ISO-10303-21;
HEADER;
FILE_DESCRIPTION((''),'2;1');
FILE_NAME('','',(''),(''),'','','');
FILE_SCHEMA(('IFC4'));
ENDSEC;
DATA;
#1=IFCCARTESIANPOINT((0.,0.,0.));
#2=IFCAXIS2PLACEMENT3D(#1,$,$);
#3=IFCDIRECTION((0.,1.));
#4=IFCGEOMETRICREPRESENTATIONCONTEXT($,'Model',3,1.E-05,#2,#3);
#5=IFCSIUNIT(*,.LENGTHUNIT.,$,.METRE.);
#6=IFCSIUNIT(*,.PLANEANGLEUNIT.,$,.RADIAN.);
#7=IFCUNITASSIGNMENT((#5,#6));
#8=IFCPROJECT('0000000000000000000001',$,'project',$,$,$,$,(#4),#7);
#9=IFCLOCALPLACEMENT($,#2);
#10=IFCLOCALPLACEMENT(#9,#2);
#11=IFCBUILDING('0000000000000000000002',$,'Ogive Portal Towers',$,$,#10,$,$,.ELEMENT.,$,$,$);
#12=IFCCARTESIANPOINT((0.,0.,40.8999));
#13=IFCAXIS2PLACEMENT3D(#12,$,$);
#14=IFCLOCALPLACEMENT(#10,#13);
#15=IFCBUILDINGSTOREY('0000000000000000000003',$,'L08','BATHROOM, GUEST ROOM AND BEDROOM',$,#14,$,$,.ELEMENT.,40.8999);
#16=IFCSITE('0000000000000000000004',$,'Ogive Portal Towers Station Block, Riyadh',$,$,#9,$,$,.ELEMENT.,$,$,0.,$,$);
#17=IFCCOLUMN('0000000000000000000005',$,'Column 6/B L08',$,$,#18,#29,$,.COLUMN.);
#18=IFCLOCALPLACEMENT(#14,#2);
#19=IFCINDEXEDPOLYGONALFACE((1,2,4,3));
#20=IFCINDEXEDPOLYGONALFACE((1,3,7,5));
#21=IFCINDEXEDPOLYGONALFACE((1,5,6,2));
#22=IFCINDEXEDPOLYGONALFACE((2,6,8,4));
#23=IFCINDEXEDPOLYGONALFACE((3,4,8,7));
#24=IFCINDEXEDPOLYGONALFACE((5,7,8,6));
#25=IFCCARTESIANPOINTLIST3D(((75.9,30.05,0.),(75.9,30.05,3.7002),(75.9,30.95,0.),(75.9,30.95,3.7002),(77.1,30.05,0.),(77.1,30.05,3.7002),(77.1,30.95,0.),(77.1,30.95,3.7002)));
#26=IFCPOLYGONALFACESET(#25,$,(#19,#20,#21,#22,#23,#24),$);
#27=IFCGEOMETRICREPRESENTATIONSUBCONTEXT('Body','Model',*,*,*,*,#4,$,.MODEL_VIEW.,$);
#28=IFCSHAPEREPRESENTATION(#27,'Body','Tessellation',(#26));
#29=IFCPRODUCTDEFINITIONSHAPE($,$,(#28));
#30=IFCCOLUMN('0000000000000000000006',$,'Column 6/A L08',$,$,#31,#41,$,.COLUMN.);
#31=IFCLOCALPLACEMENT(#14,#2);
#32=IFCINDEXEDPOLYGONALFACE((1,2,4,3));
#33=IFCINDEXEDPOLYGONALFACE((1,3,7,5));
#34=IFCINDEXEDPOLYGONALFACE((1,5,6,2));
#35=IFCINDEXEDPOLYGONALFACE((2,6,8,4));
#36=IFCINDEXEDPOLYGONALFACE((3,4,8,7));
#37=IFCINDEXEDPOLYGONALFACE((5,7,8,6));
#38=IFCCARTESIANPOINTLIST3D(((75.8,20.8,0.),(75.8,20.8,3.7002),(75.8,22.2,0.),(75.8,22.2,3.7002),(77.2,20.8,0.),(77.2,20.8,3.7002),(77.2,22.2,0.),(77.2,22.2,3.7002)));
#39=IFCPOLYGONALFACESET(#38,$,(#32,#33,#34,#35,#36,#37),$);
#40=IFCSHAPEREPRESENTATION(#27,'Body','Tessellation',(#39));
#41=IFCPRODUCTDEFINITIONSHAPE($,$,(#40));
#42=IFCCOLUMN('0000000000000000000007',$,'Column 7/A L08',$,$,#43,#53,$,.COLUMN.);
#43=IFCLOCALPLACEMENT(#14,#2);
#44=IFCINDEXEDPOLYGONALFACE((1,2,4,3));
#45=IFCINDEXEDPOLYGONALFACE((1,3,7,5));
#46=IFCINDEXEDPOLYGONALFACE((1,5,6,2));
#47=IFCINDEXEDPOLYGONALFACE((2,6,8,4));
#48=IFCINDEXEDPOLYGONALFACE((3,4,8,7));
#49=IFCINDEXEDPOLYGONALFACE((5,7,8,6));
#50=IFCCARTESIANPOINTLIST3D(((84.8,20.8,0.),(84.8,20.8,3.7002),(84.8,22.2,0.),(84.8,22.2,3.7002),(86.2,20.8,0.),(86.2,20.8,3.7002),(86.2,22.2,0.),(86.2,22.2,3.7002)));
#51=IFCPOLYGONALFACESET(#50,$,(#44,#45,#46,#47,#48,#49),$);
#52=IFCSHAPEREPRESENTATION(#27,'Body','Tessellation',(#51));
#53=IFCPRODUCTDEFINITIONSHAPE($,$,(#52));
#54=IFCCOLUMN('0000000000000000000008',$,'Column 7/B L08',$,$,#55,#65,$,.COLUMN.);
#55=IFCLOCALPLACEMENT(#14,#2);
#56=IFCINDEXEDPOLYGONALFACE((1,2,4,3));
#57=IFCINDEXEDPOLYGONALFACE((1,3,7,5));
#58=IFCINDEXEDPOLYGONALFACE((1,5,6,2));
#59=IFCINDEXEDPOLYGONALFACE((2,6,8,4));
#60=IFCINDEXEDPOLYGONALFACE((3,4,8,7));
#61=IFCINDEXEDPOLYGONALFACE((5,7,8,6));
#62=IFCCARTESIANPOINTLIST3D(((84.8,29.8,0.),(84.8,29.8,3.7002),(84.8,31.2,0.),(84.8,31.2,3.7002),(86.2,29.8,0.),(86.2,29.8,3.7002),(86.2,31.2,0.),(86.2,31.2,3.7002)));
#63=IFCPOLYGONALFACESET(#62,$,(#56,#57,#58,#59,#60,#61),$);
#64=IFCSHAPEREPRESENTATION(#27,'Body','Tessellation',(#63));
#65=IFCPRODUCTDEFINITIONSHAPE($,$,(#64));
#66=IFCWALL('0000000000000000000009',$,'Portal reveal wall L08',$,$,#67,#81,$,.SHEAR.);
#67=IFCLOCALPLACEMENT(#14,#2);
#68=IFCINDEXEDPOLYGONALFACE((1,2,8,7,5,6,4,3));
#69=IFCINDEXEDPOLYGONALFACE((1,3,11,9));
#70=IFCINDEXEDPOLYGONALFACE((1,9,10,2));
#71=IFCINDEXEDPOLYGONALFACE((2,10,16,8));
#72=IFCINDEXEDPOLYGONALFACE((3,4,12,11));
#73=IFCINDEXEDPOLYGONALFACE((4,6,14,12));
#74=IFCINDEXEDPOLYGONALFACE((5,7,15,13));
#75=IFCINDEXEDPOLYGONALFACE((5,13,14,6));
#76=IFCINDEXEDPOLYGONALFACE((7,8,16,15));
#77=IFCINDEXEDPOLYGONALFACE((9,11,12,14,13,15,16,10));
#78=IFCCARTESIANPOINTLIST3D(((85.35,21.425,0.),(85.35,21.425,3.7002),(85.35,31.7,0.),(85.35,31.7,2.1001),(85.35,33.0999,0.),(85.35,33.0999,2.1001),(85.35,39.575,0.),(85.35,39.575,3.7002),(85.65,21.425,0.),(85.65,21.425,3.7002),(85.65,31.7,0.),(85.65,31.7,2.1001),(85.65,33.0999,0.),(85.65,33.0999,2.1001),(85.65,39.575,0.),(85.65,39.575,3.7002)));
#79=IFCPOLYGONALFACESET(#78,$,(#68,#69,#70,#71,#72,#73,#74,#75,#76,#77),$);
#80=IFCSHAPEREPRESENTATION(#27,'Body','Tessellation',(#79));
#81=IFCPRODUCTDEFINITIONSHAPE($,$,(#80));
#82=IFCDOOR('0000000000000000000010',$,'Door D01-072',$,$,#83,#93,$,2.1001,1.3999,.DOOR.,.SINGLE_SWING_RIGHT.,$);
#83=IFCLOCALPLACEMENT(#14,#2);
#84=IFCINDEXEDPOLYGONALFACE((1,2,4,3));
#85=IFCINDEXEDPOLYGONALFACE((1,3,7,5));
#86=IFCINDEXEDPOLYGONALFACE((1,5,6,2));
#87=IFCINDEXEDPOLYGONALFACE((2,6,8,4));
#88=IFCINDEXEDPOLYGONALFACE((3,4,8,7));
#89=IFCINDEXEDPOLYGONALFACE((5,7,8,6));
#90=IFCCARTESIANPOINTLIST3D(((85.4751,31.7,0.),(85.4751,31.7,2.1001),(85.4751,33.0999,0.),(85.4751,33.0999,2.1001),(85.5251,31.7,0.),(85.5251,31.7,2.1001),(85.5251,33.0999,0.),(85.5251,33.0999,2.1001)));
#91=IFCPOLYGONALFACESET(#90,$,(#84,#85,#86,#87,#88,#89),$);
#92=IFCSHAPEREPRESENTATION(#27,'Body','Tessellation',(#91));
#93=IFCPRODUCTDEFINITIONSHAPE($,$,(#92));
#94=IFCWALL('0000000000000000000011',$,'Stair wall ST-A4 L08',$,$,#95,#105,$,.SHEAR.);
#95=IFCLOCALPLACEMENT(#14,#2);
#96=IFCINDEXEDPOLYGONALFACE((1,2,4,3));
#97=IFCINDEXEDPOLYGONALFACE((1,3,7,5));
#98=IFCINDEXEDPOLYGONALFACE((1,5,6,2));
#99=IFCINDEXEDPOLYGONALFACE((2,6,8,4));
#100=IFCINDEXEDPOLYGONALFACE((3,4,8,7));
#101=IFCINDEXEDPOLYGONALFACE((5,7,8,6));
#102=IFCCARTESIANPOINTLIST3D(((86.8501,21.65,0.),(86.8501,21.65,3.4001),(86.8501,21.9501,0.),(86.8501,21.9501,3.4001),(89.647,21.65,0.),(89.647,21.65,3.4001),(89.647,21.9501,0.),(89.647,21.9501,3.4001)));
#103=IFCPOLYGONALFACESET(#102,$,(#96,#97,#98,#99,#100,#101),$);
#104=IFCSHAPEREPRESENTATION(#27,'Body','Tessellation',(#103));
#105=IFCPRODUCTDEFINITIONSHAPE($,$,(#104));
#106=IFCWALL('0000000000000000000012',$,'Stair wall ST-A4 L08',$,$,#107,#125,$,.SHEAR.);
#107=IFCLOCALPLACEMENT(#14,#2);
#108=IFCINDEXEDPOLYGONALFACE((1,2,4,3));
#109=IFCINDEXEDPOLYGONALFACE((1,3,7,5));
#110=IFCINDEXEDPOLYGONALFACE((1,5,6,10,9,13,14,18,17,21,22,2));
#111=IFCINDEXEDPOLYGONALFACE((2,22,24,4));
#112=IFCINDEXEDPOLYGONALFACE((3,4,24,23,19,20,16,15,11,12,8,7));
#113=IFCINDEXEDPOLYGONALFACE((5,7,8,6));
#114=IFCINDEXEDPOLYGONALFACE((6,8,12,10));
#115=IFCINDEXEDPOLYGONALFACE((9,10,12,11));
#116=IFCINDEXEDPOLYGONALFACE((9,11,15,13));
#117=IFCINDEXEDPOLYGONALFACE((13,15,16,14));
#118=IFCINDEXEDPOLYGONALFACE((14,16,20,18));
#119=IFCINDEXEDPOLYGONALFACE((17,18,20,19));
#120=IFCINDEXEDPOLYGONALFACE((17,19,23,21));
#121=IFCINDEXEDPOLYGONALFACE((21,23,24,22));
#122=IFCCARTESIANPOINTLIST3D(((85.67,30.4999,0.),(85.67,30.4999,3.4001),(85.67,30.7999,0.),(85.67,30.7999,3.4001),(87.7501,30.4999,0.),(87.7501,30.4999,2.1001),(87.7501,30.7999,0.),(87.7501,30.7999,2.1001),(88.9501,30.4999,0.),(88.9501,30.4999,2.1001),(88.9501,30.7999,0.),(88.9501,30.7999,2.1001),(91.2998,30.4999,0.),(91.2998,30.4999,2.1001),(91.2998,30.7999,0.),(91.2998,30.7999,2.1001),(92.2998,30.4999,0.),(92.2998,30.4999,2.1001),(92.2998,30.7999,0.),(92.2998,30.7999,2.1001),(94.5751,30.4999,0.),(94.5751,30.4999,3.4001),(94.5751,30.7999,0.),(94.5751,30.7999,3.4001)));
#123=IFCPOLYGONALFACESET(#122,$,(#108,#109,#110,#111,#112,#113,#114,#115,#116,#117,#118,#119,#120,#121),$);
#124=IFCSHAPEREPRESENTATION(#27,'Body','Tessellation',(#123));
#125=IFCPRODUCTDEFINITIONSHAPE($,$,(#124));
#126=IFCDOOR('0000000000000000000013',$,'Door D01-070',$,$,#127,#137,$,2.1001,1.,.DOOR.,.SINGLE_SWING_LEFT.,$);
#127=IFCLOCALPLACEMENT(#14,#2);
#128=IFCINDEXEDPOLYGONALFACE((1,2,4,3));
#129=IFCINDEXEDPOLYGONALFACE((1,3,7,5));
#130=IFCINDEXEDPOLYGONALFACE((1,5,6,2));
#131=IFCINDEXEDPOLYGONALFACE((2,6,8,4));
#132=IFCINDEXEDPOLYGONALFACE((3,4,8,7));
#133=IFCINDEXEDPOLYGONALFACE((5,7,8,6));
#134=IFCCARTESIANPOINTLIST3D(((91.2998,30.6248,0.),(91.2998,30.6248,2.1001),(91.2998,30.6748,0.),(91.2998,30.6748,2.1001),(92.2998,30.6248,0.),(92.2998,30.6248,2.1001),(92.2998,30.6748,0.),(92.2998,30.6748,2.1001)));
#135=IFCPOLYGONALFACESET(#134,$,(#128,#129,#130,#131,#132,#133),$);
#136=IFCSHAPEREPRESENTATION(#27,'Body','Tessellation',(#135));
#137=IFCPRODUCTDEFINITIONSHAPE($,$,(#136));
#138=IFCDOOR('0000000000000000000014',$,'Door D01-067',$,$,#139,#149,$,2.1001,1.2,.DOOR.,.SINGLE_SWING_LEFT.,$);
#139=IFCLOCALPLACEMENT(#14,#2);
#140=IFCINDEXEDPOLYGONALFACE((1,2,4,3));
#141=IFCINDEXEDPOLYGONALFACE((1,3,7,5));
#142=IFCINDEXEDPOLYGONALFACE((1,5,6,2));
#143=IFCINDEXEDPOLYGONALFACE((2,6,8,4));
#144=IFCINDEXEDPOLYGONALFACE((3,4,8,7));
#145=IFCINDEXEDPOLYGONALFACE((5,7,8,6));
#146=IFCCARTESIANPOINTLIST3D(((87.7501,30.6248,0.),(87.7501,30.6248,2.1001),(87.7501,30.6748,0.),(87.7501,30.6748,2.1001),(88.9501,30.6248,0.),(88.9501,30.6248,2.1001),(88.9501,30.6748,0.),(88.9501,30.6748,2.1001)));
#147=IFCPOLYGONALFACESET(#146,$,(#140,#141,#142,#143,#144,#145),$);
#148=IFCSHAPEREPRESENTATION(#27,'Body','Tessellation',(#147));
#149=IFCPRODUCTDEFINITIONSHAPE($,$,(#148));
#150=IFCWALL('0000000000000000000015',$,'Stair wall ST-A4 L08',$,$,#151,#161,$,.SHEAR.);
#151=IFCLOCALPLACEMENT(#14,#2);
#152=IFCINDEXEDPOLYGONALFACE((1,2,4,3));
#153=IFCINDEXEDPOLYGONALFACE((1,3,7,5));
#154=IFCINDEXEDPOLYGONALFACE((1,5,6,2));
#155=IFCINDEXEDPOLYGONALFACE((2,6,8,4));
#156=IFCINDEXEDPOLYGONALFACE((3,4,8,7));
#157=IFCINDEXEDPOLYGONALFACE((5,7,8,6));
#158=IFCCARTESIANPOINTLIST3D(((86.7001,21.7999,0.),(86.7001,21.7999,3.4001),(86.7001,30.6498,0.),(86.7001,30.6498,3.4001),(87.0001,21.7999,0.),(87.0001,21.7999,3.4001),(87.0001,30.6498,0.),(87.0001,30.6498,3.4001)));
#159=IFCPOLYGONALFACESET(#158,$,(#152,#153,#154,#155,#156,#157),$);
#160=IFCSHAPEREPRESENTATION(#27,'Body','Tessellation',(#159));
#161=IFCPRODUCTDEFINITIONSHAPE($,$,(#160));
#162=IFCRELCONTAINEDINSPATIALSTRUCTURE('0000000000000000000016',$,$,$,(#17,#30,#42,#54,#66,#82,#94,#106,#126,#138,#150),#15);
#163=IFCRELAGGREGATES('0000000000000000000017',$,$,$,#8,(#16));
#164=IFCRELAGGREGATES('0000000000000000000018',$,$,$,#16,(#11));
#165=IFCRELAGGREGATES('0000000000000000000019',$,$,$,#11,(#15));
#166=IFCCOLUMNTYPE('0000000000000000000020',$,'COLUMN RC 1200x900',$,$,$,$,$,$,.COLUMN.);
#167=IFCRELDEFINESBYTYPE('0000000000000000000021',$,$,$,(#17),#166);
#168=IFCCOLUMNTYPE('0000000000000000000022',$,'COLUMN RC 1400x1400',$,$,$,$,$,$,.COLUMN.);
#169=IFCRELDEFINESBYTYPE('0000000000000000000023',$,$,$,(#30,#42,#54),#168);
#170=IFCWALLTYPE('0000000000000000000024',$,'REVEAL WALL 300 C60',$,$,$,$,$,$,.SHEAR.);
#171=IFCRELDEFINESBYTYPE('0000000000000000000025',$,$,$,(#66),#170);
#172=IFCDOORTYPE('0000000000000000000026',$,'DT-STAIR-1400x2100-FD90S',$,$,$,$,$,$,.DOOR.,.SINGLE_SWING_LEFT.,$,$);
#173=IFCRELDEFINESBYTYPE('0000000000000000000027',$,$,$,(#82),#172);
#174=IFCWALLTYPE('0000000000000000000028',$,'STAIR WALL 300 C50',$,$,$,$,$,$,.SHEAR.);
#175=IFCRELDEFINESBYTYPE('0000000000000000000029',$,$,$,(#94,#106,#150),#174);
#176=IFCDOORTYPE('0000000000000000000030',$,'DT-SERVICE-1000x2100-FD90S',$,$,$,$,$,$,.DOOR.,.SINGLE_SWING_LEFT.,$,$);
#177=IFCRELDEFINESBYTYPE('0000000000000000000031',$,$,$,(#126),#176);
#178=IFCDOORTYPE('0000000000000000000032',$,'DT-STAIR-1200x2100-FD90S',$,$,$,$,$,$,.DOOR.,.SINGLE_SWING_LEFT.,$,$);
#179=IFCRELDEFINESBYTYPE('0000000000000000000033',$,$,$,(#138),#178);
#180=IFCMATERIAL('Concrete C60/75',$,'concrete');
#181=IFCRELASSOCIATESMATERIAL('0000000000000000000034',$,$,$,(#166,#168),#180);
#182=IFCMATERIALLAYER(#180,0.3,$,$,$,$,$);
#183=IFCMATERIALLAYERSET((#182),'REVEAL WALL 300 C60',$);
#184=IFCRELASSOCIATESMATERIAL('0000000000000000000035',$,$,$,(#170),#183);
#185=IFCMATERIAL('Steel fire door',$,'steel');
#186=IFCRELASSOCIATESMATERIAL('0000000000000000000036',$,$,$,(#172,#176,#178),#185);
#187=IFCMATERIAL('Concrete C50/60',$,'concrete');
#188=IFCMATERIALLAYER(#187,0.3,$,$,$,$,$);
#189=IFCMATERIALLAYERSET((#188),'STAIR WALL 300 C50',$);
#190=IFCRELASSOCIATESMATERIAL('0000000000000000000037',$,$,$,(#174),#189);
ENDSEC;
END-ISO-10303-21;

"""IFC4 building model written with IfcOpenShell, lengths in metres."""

from ifc_helpers import new_model, si_unit, direction, frame, frame_2d, origin, origin_2d, place, context, subcontext, project, spatial, rectangle, extrude, material, layer, layer_set, material_profile, profile_set, type_object, element, fill, save


model = new_model("IFC4")

# Units and contexts
model_context = context("Model", 3, precision=1e-05, world=origin(), true_north=direction((0.0, 1.0)))
body_context = subcontext(model_context, "Body", "Model", "MODEL_VIEW")
ifc_project = project(units=[si_unit("LENGTHUNIT", "METRE"), si_unit("PLANEANGLEUNIT", "RADIAN")], contexts=[model_context])

# Site, building, storey
site_placement = place(None, origin())
site = spatial("IfcSite", under=ifc_project, at=site_placement, Name="Ogive Portal Towers Station Block, Riyadh", CompositionType="ELEMENT", RefElevation=0.0)
building_placement = place(site_placement, origin())
building = spatial("IfcBuilding", under=site, at=building_placement, Name="Ogive Portal Towers", CompositionType="ELEMENT")
storey_placement = place(building_placement, frame((0.0, 0.0, 40.8999)))
storey = spatial("IfcBuildingStorey", under=building, at=storey_placement, Name="L08", Description="BATHROOM, GUEST ROOM AND BEDROOM", CompositionType="ELEMENT", Elevation=40.8999)

# Columns
ifc_material_1 = material(Name="Concrete C60/75", Category="concrete")
ifc_material_profile_1 = material_profile(ifc_material_1, rectangle(XDim=1.2, YDim=0.8999, at=origin_2d()), Name="RC 1200x900")
ifc_profile_set_1 = profile_set([ifc_material_profile_1], Name="Concrete C60/75")
column_type_1 = type_object("IfcColumnType", Name="COLUMN RC 1200x900", PredefinedType="COLUMN", material=ifc_profile_set_1)
column_placement = place(storey_placement, frame((76.5, 30.5, 0.0), z_axis=(0.0, 0.0, 1.0), x_axis=(1.0, 0.0, 0.0)))
element("IfcColumn", 1, at=column_placement, inside=storey, type_object=column_type_1, Name="Column 6/B L08", PredefinedType="COLUMN", context=body_context, shape_type="SweptSolid", body=[
    extrude(rectangle(XDim=1.2, YDim=0.8999, at=origin_2d()), origin(), (0.0, 0.0, 1.0), 3.7002),
])
ifc_material_profile_2 = material_profile(ifc_material_1, rectangle(XDim=1.3999, YDim=1.3999, at=origin_2d()), Name="RC 1400x1400")
ifc_profile_set_2 = profile_set([ifc_material_profile_2], Name="Concrete C60/75")
column_type_2 = type_object("IfcColumnType", Name="COLUMN RC 1400x1400", PredefinedType="COLUMN", material=ifc_profile_set_2)
for number, where, z_axis, x_axis, name in (
    (2, (76.5, 21.5, 0.0), (0.0, 0.0, 1.0), (1.0, 0.0, 0.0), "Column 6/A L08"),
    (3, (85.5, 21.5, 0.0), (0.0, 0.0, 1.0), (1.0, 0.0, 0.0), "Column 7/A L08"),
    (4, (85.5, 30.5, 0.0), (0.0, 0.0, 1.0), (1.0, 0.0, 0.0), "Column 7/B L08"),
):
    element("IfcColumn", number, at=place(storey_placement, frame(where, z_axis=z_axis, x_axis=x_axis)), inside=storey, type_object=column_type_2, Name=name, PredefinedType="COLUMN", context=body_context, shape_type="SweptSolid", body=[
        extrude(rectangle(XDim=1.3999, YDim=1.3999, at=origin_2d()), origin(), (0.0, 0.0, 1.0), 3.7002),
    ])

# Wall, opening, door
ifc_layer_1 = layer(ifc_material_1, 0.3)
ifc_layer_set_1 = layer_set([ifc_layer_1], Name="REVEAL WALL 300 C60")
wall_type_1 = type_object("IfcWallType", Name="REVEAL WALL 300 C60", PredefinedType="SHEAR", material=ifc_layer_set_1)
wall_1_placement = place(storey_placement, frame((85.5, 21.425, 0.0), z_axis=(0.0, 0.0, 1.0), x_axis=(0.0, 1.0, 0.0)))
wall_1 = element("IfcWall", 5, at=wall_1_placement, inside=storey, type_object=wall_type_1, Name="Portal reveal wall L08", PredefinedType="SHEAR", context=body_context, shape_type="SweptSolid", body=[
    extrude(rectangle(XDim=18.1499, YDim=0.3, at=frame_2d((9.075, 0.0))), origin(), (0.0, 0.0, 1.0), 3.7002),
])
opening_1_placement = place(wall_1_placement, frame((10.2749, 0.0, 0.0)))
opening_1 = element("IfcOpeningElement", 6, at=opening_1_placement, cuts=wall_1, PredefinedType="OPENING", context=body_context, shape_type="SweptSolid", body=[
    extrude(rectangle(XDim=1.3999, YDim=2.1001, at=frame_2d((0.7, 1.05))), frame((0.0, 0.1602, 0.0), z_axis=(0.0, -1.0, 0.0), x_axis=(1.0, 0.0, 0.0)), (0.0, 0.0, 1.0), 0.3201),
])
ifc_material_2 = material(Name="Steel fire door", Category="steel")
door_type_1 = type_object("IfcDoorType", Name="DT-STAIR-1400x2100-FD90S", OperationType="SINGLE_SWING_LEFT", PredefinedType="DOOR", material=ifc_material_2)
door_1_placement = place(opening_1_placement, origin())
door_1 = element("IfcDoor", 7, at=door_1_placement, inside=storey, type_object=door_type_1, Name="Door D01-072", OperationType="SINGLE_SWING_RIGHT", OverallHeight=2.1001, OverallWidth=1.3999, PredefinedType="DOOR", context=body_context, shape_type="SweptSolid", body=[
    extrude(rectangle(XDim=1.3999, YDim=2.1001, at=frame_2d((0.7, 1.05))), frame((0.0, 0.0249, 0.0), z_axis=(0.0, -1.0, 0.0), x_axis=(1.0, 0.0, 0.0)), (0.0, 0.0, 1.0), 0.05),
])
fill(opening_1, door_1)

# Wall
ifc_material_3 = material(Name="Concrete C50/60", Category="concrete")
ifc_layer_2 = layer(ifc_material_3, 0.3)
ifc_layer_set_2 = layer_set([ifc_layer_2], Name="STAIR WALL 300 C50")
wall_type_2 = type_object("IfcWallType", Name="STAIR WALL 300 C50", PredefinedType="SHEAR", material=ifc_layer_set_2)
wall_2_placement = place(storey_placement, frame((86.8501, 21.8, 0.0), z_axis=(0.0, 0.0, 1.0), x_axis=(1.0, 0.0, 0.0)))
element("IfcWall", 8, at=wall_2_placement, inside=storey, type_object=wall_type_2, Name="Stair wall ST-A4 L08", PredefinedType="SHEAR", context=body_context, shape_type="SweptSolid", body=[
    extrude(rectangle(XDim=2.7969, YDim=0.3, at=frame_2d((1.3984, 0.0))), origin(), (0.0, 0.0, 1.0), 3.4001),
])

# Wall, openings, doors
wall_3_placement = place(storey_placement, frame((85.6699, 30.6499, 0.0), z_axis=(0.0, 0.0, 1.0), x_axis=(1.0, 0.0, 0.0)))
wall_3 = element("IfcWall", 9, at=wall_3_placement, inside=storey, type_object=wall_type_2, Name="Stair wall ST-A4 L08", PredefinedType="SHEAR", context=body_context, shape_type="SweptSolid", body=[
    extrude(rectangle(XDim=8.905, YDim=0.3, at=frame_2d((4.4526, 0.0))), origin(), (0.0, 0.0, 1.0), 3.4001),
])
opening_2_placement = place(wall_3_placement, frame((2.0801, 0.0, 0.0)))
opening_2 = element("IfcOpeningElement", 10, at=opening_2_placement, cuts=wall_3, PredefinedType="OPENING", context=body_context, shape_type="SweptSolid", body=[
    extrude(rectangle(XDim=1.2, YDim=2.1001, at=frame_2d((0.6001, 1.05))), frame((0.0, 0.1602, 0.0), z_axis=(0.0, -1.0, 0.0), x_axis=(1.0, 0.0, 0.0)), (0.0, 0.0, 1.0), 0.3201),
])
opening_3_placement = place(wall_3_placement, frame((5.6299, 0.0, 0.0)))
opening_3 = element("IfcOpeningElement", 11, at=opening_3_placement, cuts=wall_3, PredefinedType="OPENING", context=body_context, shape_type="SweptSolid", body=[
    extrude(rectangle(XDim=1.0, YDim=2.1001, at=frame_2d((0.5, 1.05))), frame((0.0, 0.1602, 0.0), z_axis=(0.0, -1.0, 0.0), x_axis=(1.0, 0.0, 0.0)), (0.0, 0.0, 1.0), 0.3201),
])
door_type_2 = type_object("IfcDoorType", Name="DT-SERVICE-1000x2100-FD90S", OperationType="SINGLE_SWING_LEFT", PredefinedType="DOOR", material=ifc_material_2)
door_2_placement = place(opening_3_placement, origin())
door_2 = element("IfcDoor", 12, at=door_2_placement, inside=storey, type_object=door_type_2, Name="Door D01-070", OperationType="SINGLE_SWING_LEFT", OverallHeight=2.1001, OverallWidth=1.0, PredefinedType="DOOR", context=body_context, shape_type="SweptSolid", body=[
    extrude(rectangle(XDim=1.0, YDim=2.1001, at=frame_2d((0.5, 1.05))), frame((0.0, 0.0249, 0.0), z_axis=(0.0, -1.0, 0.0), x_axis=(1.0, 0.0, 0.0)), (0.0, 0.0, 1.0), 0.05),
])
fill(opening_3, door_2)
door_type_3 = type_object("IfcDoorType", Name="DT-STAIR-1200x2100-FD90S", OperationType="SINGLE_SWING_LEFT", PredefinedType="DOOR", material=ifc_material_2)
door_3_placement = place(opening_2_placement, origin())
door_3 = element("IfcDoor", 13, at=door_3_placement, inside=storey, type_object=door_type_3, Name="Door D01-067", OperationType="SINGLE_SWING_LEFT", OverallHeight=2.1001, OverallWidth=1.2, PredefinedType="DOOR", context=body_context, shape_type="SweptSolid", body=[
    extrude(rectangle(XDim=1.2, YDim=2.1001, at=frame_2d((0.6001, 1.05))), frame((0.0, 0.0249, 0.0), z_axis=(0.0, -1.0, 0.0), x_axis=(1.0, 0.0, 0.0)), (0.0, 0.0, 1.0), 0.05),
])
fill(opening_2, door_3)

# Wall
wall_4_placement = place(storey_placement, frame((86.8501, 21.8, 0.0), z_axis=(0.0, 0.0, 1.0), x_axis=(0.0, 1.0, 0.0)))
element("IfcWall", 14, at=wall_4_placement, inside=storey, type_object=wall_type_2, Name="Stair wall ST-A4 L08", PredefinedType="SHEAR", context=body_context, shape_type="SweptSolid", body=[
    extrude(rectangle(XDim=8.8499, YDim=0.3, at=frame_2d((4.4248, 0.0))), origin(), (0.0, 0.0, 1.0), 3.4001),
])

save(model, "model.ifc")
